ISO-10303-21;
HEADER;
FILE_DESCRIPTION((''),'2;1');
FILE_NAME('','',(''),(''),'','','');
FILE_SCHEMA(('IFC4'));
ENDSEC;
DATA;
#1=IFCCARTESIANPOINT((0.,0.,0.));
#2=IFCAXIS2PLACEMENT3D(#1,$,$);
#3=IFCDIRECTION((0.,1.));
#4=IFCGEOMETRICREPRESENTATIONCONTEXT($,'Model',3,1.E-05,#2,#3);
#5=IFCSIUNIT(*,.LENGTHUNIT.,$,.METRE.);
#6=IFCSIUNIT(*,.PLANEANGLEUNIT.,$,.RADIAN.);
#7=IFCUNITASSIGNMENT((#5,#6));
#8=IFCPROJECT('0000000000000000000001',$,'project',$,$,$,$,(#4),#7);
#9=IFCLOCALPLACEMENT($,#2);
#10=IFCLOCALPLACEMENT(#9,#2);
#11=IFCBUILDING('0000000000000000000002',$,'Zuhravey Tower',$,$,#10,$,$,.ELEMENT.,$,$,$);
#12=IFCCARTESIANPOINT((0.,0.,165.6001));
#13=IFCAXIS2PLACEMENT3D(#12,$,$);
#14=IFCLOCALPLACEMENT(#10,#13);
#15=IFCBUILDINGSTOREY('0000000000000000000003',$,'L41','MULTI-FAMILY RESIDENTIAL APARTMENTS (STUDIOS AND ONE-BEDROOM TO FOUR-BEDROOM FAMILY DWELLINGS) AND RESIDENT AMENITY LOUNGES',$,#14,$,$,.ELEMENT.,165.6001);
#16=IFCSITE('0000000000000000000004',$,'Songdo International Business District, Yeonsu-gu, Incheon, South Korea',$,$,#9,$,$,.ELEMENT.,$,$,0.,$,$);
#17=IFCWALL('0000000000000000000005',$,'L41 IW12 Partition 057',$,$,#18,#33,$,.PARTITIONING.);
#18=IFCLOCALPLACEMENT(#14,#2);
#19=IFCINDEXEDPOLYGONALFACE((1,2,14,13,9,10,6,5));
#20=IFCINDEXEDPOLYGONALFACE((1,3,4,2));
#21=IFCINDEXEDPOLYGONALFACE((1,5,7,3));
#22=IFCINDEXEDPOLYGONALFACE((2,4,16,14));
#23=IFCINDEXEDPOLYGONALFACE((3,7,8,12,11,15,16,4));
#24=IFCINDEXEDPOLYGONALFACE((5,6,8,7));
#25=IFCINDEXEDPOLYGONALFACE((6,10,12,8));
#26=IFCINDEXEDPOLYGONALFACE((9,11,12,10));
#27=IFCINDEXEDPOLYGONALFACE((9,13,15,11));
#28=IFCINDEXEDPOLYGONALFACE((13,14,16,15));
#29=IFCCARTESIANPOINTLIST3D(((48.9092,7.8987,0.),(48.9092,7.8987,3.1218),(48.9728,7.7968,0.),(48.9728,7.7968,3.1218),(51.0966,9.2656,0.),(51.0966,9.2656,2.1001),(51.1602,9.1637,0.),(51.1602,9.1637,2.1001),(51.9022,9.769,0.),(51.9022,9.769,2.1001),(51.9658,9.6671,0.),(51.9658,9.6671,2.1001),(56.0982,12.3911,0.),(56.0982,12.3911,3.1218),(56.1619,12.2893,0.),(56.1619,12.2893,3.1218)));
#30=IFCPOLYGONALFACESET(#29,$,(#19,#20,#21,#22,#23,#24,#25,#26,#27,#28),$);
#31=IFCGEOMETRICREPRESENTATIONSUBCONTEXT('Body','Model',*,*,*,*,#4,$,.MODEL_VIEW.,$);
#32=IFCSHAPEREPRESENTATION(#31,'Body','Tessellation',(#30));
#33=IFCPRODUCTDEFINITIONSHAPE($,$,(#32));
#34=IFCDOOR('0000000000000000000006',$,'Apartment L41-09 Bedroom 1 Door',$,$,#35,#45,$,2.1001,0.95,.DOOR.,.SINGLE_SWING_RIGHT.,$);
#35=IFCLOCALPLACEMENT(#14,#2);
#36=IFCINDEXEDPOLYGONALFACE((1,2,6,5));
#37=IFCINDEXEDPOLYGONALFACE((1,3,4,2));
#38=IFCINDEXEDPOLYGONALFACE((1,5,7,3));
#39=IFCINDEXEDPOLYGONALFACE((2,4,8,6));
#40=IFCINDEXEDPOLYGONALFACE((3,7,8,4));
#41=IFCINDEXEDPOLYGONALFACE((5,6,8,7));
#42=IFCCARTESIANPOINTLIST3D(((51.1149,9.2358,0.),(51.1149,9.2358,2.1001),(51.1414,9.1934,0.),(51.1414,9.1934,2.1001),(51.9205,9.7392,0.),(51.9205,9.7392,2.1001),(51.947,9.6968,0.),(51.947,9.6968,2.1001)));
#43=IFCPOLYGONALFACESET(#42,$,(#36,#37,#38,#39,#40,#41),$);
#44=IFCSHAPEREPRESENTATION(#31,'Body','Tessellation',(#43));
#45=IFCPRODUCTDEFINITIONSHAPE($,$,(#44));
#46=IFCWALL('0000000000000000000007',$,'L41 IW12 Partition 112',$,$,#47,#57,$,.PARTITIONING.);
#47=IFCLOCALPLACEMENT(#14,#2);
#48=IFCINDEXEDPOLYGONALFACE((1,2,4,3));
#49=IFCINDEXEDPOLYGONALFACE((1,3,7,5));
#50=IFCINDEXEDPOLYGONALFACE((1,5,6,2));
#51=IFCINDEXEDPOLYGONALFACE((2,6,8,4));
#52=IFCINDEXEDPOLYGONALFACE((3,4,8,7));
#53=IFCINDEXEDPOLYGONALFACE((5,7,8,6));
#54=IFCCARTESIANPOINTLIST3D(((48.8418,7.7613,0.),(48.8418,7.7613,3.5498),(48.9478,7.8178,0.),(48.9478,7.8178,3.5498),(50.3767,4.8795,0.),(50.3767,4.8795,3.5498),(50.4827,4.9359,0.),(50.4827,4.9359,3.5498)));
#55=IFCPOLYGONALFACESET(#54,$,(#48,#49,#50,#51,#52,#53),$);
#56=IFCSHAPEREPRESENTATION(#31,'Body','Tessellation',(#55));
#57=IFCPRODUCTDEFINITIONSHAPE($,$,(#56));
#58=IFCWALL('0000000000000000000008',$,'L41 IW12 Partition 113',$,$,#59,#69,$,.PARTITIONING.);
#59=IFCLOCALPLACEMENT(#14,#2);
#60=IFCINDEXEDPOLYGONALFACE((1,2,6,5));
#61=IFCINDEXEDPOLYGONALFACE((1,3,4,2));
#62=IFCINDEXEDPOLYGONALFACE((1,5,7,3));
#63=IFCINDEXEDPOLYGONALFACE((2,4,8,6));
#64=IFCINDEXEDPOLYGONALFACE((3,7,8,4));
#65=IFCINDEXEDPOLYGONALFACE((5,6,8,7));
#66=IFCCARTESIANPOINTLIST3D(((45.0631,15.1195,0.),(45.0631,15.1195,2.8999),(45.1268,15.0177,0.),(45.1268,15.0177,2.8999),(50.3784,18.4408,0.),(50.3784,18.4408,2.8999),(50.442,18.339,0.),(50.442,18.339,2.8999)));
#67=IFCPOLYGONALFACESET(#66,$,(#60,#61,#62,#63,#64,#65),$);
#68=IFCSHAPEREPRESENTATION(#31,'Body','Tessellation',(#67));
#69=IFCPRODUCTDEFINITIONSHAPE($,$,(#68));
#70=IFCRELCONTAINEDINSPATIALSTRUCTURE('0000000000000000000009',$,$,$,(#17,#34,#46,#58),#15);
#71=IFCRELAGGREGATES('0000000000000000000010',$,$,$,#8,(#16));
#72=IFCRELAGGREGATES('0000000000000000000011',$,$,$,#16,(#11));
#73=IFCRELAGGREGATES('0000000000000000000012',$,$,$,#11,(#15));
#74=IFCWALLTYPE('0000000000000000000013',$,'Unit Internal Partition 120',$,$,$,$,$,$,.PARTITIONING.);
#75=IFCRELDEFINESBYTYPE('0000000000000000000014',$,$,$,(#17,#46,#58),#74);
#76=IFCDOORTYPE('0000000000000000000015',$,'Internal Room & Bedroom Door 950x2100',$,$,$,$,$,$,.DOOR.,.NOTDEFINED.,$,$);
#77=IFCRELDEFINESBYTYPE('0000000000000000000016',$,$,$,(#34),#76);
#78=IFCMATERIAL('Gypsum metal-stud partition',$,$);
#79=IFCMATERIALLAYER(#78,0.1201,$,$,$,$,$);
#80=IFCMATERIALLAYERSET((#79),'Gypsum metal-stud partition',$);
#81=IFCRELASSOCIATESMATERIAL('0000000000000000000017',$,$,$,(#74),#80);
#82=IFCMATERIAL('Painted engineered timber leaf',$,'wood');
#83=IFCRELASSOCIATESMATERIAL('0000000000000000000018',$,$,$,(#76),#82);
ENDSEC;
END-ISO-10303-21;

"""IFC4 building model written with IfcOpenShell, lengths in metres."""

from ifc_helpers import new_model, si_unit, direction, frame, frame_2d, origin, place, context, subcontext, project, spatial, rectangle, extrude, material, layer, layer_set, type_object, element, fill, save


model = new_model("IFC4")

# Units and contexts
model_context = context("Model", 3, precision=1e-05, world=origin(), true_north=direction((0.0, 1.0)))
body_context = subcontext(model_context, "Body", "Model", "MODEL_VIEW")
ifc_project = project(units=[si_unit("LENGTHUNIT", "METRE"), si_unit("PLANEANGLEUNIT", "RADIAN")], contexts=[model_context])

# Site, building, storey
site_placement = place(None, origin())
site = spatial("IfcSite", under=ifc_project, at=site_placement, Name="Songdo International Business District, Yeonsu-gu, Incheon, South Korea", CompositionType="ELEMENT", RefElevation=0.0)
building_placement = place(site_placement, origin())
building = spatial("IfcBuilding", under=site, at=building_placement, Name="Zuhravey Tower", CompositionType="ELEMENT")
storey_placement = place(building_placement, frame((0.0, 0.0, 165.6001)))
storey = spatial("IfcBuildingStorey", under=building, at=storey_placement, Name="L41", Description="MULTI-FAMILY RESIDENTIAL APARTMENTS (STUDIOS AND ONE-BEDROOM TO FOUR-BEDROOM FAMILY DWELLINGS) AND RESIDENT AMENITY LOUNGES", CompositionType="ELEMENT", Elevation=165.6001)

# Wall, opening, door
ifc_material_1 = material(Name="Gypsum metal-stud partition")
ifc_layer_1 = layer(ifc_material_1, 0.1201)
ifc_layer_set_1 = layer_set([ifc_layer_1], Name="Gypsum metal-stud partition")
wall_type_1 = type_object("IfcWallType", Name="Unit Internal Partition 120", PredefinedType="PARTITIONING", material=ifc_layer_set_1)
ifc_material_2 = material(Name="Painted engineered timber leaf", Category="wood")
door_type_1 = type_object("IfcDoorType", Name="Internal Room & Bedroom Door 950x2100", OperationType="NOTDEFINED", PredefinedType="DOOR", material=ifc_material_2)
wall_1_placement = place(storey_placement, frame((48.9409, 7.8477, 0.0), z_axis=(0.0, 0.0, 1.0), x_axis=(0.848034, 0.529942, 0.0)))
wall_1 = element("IfcWall", 1, at=wall_1_placement, inside=storey, type_object=wall_type_1, Name="L41 IW12 Partition 057", PredefinedType="PARTITIONING", context=body_context, shape_type="SweptSolid", body=[
    extrude(rectangle(XDim=8.4773, YDim=0.1201, at=frame_2d((4.2388, 0.0))), origin(), (0.0, 0.0, 1.0), 3.1218),
])
opening_1_placement = place(wall_1_placement, frame((2.5793, 0.0, 0.0)))
opening_1 = element("IfcOpeningElement", 2, at=opening_1_placement, cuts=wall_1, PredefinedType="OPENING", context=body_context, shape_type="SweptSolid", body=[
    extrude(rectangle(XDim=0.95, YDim=2.1001, at=frame_2d((0.4751, 1.05))), frame((0.0, 0.072, 0.0), z_axis=(0.0, -1.0, 0.0), x_axis=(1.0, 0.0, 0.0)), (0.0, 0.0, 1.0), 0.144),
])
door_1_placement = place(opening_1_placement, frame((0.95, 0.0, 0.0), z_axis=(0.0, 0.0, 1.0), x_axis=(-1.0, 0.0, 0.0)))
door_1 = element("IfcDoor", 3, at=door_1_placement, inside=storey, type_object=door_type_1, Name="Apartment L41-09 Bedroom 1 Door", OperationType="SINGLE_SWING_RIGHT", OverallHeight=2.1001, OverallWidth=0.95, PredefinedType="DOOR", context=body_context, shape_type="SweptSolid", body=[
    extrude(rectangle(XDim=0.95, YDim=2.1001, at=frame_2d((0.4751, 1.05))), frame((0.0, 0.0249, 0.0), z_axis=(0.0, -1.0, 0.0), x_axis=(1.0, 0.0, 0.0)), (0.0, 0.0, 1.0), 0.05),
])
fill(opening_1, door_1)

# Walls
wall_2_placement = place(storey_placement, frame((48.8948, 7.7896, 0.0), z_axis=(0.0, 0.0, 1.0), x_axis=(0.470095, -0.882616, 0.0)))
element("IfcWall", 4, at=wall_2_placement, inside=storey, type_object=wall_type_1, Name="L41 IW12 Partition 112", PredefinedType="PARTITIONING", context=body_context, shape_type="SweptSolid", body=[
    extrude(rectangle(XDim=3.2651, YDim=0.1201, at=frame_2d((1.6326, 0.0))), origin(), (0.0, 0.0, 1.0), 3.5498),
])
wall_3_placement = place(storey_placement, frame((45.095, 15.0686, 0.0), z_axis=(0.0, 0.0, 1.0), x_axis=(0.848049, 0.529918, 0.0)))
element("IfcWall", 5, at=wall_3_placement, inside=storey, type_object=wall_type_1, Name="L41 IW12 Partition 113", PredefinedType="PARTITIONING", context=body_context, shape_type="SweptSolid", body=[
    extrude(rectangle(XDim=6.2676, YDim=0.1201, at=frame_2d((3.1338, 0.0))), origin(), (0.0, 0.0, 1.0), 2.8999),
])

save(model, "model.ifc")
